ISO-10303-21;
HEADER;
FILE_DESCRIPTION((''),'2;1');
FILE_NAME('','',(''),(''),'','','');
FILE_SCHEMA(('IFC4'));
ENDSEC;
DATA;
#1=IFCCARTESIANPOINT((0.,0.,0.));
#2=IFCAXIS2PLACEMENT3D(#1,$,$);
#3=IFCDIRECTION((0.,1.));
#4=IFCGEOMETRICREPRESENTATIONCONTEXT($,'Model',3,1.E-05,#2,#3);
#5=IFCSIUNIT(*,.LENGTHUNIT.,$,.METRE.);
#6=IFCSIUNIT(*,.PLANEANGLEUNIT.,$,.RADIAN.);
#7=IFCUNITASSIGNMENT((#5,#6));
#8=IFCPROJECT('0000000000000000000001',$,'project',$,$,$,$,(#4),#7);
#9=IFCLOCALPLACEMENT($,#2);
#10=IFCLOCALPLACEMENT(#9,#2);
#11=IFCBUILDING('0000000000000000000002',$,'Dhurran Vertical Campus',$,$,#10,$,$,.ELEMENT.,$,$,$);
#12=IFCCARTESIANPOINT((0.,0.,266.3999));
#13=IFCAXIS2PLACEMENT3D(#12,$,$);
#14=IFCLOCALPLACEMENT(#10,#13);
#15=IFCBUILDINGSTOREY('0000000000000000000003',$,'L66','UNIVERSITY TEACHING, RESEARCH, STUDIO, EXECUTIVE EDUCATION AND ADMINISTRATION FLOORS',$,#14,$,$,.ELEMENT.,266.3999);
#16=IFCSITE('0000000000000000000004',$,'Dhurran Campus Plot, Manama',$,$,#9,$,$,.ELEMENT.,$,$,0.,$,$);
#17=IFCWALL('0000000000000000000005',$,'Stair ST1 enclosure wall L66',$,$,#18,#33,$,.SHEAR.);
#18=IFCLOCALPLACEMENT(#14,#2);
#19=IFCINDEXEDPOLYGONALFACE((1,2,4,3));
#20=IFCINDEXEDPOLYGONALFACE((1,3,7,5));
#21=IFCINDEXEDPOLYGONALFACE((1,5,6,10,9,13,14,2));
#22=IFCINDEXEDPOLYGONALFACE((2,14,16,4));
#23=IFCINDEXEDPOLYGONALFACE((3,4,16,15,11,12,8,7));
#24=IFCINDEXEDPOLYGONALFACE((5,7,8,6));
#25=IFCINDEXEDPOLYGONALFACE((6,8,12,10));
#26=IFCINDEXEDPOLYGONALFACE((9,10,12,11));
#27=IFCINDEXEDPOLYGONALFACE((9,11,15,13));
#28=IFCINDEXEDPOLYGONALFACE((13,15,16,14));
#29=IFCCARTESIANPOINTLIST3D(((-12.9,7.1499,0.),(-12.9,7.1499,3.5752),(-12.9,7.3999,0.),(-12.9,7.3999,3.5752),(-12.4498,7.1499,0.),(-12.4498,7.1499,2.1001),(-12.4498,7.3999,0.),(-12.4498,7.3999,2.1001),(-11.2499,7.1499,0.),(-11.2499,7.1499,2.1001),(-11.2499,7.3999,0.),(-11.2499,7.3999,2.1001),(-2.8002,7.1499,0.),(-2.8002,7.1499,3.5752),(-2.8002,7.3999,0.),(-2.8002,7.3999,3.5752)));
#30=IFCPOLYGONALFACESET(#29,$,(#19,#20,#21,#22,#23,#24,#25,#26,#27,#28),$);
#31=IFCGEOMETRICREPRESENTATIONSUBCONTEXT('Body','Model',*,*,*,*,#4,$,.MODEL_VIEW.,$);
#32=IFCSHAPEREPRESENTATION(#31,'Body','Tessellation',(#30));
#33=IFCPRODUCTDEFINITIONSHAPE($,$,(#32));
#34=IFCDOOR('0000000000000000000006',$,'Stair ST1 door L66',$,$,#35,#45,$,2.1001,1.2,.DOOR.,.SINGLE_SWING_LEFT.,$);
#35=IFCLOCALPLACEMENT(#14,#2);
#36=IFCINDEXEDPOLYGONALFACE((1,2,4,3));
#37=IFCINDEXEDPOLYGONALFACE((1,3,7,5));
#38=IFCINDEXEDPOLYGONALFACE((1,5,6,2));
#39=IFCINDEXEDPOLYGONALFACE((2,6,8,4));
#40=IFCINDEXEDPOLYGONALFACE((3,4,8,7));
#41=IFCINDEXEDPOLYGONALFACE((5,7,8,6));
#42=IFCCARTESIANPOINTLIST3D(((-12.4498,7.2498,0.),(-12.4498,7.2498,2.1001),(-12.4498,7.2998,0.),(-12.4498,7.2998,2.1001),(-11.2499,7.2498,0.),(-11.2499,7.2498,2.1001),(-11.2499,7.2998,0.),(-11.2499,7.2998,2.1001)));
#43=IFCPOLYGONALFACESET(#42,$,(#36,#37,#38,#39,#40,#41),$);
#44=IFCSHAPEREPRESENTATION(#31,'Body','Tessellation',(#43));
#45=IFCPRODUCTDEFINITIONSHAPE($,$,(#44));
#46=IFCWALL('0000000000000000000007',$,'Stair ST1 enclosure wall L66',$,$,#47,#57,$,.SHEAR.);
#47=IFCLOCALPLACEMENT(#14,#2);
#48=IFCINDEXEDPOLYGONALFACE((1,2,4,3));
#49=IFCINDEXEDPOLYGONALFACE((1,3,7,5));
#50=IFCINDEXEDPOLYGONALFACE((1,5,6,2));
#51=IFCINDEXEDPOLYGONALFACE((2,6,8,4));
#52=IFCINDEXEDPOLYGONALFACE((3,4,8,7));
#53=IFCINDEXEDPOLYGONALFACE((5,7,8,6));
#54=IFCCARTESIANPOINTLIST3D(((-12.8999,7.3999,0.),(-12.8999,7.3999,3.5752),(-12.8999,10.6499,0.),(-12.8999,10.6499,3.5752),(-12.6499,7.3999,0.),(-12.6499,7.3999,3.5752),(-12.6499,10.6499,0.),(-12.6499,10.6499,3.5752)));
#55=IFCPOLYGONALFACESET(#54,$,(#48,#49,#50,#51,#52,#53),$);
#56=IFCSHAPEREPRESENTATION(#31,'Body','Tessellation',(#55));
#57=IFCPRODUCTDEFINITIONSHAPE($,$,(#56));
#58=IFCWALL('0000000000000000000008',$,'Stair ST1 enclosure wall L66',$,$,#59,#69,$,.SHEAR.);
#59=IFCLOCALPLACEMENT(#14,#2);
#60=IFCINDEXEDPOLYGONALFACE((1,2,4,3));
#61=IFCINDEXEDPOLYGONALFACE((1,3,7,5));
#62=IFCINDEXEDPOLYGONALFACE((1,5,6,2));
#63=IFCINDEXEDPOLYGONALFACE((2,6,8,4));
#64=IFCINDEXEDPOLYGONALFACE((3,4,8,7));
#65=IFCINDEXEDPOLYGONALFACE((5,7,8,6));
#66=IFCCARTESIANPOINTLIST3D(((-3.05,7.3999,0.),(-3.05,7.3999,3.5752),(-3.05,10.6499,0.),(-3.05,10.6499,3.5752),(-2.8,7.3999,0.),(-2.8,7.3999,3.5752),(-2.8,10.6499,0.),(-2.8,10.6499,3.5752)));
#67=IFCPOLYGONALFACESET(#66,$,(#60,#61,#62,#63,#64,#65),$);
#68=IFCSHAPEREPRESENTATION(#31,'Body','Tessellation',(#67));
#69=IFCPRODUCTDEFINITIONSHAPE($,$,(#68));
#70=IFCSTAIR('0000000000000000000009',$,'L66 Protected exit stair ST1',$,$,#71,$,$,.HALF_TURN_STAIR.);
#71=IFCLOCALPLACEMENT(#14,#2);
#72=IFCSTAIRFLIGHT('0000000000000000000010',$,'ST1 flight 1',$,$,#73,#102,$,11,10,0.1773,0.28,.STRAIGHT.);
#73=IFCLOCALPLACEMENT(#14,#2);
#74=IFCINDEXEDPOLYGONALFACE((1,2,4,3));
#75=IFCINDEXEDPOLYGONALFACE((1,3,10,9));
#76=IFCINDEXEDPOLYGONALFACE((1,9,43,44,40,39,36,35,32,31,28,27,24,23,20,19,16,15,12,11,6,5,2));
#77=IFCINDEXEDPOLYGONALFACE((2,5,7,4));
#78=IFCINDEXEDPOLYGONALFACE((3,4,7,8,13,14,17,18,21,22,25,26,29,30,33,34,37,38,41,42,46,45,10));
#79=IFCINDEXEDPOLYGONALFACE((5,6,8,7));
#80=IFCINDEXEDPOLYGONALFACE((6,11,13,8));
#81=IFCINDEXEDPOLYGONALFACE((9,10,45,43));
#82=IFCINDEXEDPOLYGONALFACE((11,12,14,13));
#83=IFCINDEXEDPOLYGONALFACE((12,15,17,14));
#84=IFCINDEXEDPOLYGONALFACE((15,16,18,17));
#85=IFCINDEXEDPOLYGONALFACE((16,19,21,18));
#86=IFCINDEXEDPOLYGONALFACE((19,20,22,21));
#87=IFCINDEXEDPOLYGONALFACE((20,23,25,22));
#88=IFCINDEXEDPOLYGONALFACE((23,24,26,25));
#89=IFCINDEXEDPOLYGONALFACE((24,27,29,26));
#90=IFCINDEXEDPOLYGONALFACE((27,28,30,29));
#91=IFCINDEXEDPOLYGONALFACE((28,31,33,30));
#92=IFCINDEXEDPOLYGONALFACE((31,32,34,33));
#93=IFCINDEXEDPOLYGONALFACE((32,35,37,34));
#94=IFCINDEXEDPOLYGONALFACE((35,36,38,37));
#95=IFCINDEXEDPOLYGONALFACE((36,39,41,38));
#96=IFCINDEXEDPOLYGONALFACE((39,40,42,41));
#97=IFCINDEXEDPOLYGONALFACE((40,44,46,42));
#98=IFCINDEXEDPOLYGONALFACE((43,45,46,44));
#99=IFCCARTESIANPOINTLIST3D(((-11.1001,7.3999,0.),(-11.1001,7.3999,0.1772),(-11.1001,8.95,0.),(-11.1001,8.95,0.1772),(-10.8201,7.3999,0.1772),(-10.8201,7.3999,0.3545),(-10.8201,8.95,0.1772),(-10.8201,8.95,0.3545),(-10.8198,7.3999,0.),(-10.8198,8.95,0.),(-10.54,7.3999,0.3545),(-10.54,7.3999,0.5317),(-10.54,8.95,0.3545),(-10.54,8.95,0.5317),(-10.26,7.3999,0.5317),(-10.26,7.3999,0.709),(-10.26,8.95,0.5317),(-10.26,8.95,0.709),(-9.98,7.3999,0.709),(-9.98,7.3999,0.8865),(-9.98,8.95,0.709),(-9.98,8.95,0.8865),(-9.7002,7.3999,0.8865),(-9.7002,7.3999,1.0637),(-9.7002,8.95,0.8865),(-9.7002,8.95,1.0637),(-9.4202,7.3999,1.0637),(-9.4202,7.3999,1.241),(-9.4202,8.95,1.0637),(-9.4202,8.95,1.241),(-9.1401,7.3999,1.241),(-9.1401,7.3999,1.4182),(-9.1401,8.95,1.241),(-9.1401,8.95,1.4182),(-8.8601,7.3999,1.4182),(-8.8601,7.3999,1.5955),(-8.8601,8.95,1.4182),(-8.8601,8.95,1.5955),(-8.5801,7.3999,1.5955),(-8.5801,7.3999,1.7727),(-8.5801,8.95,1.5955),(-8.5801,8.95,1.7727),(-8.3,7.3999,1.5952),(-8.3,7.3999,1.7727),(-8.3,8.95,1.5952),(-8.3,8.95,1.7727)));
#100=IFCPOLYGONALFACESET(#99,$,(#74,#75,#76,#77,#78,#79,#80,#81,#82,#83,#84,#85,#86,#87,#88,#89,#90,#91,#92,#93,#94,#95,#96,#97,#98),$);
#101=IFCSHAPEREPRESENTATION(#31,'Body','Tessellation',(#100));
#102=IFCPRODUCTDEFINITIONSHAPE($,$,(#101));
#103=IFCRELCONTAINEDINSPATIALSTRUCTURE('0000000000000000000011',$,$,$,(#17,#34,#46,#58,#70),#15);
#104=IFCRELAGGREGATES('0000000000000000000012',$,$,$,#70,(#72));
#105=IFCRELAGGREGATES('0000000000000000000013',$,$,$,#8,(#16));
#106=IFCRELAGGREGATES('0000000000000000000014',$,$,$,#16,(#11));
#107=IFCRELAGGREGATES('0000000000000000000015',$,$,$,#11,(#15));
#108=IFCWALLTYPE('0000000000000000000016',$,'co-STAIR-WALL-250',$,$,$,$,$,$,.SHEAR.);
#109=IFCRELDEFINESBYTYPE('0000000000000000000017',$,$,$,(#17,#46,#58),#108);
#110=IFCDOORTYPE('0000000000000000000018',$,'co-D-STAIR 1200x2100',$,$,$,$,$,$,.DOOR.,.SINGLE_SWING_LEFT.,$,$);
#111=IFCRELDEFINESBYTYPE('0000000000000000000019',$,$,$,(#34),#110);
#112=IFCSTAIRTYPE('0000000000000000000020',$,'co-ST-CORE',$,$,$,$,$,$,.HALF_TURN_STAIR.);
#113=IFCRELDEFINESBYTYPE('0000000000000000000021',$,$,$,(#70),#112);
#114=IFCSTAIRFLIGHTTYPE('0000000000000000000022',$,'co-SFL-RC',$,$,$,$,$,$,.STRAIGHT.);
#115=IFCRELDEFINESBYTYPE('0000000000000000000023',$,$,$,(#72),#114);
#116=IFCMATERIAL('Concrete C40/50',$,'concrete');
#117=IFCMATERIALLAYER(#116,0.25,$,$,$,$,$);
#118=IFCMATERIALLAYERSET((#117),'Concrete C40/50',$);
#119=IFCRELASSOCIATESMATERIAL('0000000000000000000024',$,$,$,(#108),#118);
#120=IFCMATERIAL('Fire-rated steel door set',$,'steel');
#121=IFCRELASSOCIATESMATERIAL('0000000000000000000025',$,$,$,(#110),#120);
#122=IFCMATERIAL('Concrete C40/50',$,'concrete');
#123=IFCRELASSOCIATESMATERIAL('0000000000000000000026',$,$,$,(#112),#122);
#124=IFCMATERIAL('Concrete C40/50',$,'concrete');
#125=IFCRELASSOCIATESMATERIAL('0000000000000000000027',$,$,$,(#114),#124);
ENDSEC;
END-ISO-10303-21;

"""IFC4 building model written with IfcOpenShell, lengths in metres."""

from ifc_helpers import new_model, si_unit, direction, frame, frame_2d, origin, place, context, subcontext, project, spatial, polyline, rectangle, outline, extrude, material, layer, layer_set, type_object, element, fill, aggregate, save


model = new_model("IFC4")

# Units and contexts
model_context = context("Model", 3, precision=1e-05, world=origin(), true_north=direction((0.0, 1.0)))
body_context = subcontext(model_context, "Body", "Model", "MODEL_VIEW")
ifc_project = project(units=[si_unit("LENGTHUNIT", "METRE"), si_unit("PLANEANGLEUNIT", "RADIAN")], contexts=[model_context])

# Site, building, storey
site_placement = place(None, origin())
site = spatial("IfcSite", under=ifc_project, at=site_placement, Name="Dhurran Campus Plot, Manama", CompositionType="ELEMENT", RefElevation=0.0)
building_placement = place(site_placement, origin())
building = spatial("IfcBuilding", under=site, at=building_placement, Name="Dhurran Vertical Campus", CompositionType="ELEMENT")
storey_placement = place(building_placement, frame((0.0, 0.0, 266.3999)))
storey = spatial("IfcBuildingStorey", under=building, at=storey_placement, Name="L66", Description="UNIVERSITY TEACHING, RESEARCH, STUDIO, EXECUTIVE EDUCATION AND ADMINISTRATION FLOORS", CompositionType="ELEMENT", Elevation=266.3999)

# Wall, opening, door
ifc_material_1 = material(Name="Concrete C40/50", Category="concrete")
ifc_layer_1 = layer(ifc_material_1, 0.25)
ifc_layer_set_1 = layer_set([ifc_layer_1], Name="Concrete C40/50")
wall_type_1 = type_object("IfcWallType", Name="co-STAIR-WALL-250", PredefinedType="SHEAR", material=ifc_layer_set_1)
wall_1_placement = place(storey_placement, frame((-12.8999, 7.2749, 0.0), z_axis=(0.0, 0.0, 1.0), x_axis=(1.0, 0.0, 0.0)))
wall_1 = element("IfcWall", 1, at=wall_1_placement, inside=storey, type_object=wall_type_1, Name="Stair ST1 enclosure wall L66", PredefinedType="SHEAR", context=body_context, shape_type="SweptSolid", body=[
    extrude(rectangle(XDim=10.0999, YDim=0.25, at=frame_2d((5.0498, 0.0))), origin(), (0.0, 0.0, 1.0), 3.5752),
])
opening_1_placement = place(wall_1_placement, frame((0.45, 0.0, 0.0)))
opening_1 = element("IfcOpeningElement", 2, at=opening_1_placement, cuts=wall_1, PredefinedType="OPENING", context=body_context, shape_type="SweptSolid", body=[
    extrude(rectangle(XDim=1.2, YDim=2.1001, at=frame_2d((0.6001, 1.05))), frame((0.0, 0.135, 0.0), z_axis=(0.0, -1.0, 0.0), x_axis=(1.0, 0.0, 0.0)), (0.0, 0.0, 1.0), 0.27),
])
ifc_material_2 = material(Name="Fire-rated steel door set", Category="steel")
door_type_1 = type_object("IfcDoorType", Name="co-D-STAIR 1200x2100", OperationType="SINGLE_SWING_LEFT", PredefinedType="DOOR", material=ifc_material_2)
door_1_placement = place(opening_1_placement, origin())
door_1 = element("IfcDoor", 3, at=door_1_placement, inside=storey, type_object=door_type_1, Name="Stair ST1 door L66", OperationType="SINGLE_SWING_LEFT", OverallHeight=2.1001, OverallWidth=1.2, PredefinedType="DOOR", context=body_context, shape_type="SweptSolid", body=[
    extrude(rectangle(XDim=1.2, YDim=2.1001, at=frame_2d((0.6001, 1.05))), frame((0.0, 0.0249, 0.0), z_axis=(0.0, -1.0, 0.0), x_axis=(1.0, 0.0, 0.0)), (0.0, 0.0, 1.0), 0.05),
])
fill(opening_1, door_1)

# Walls
for number, where, z_axis, x_axis, name in (
    (4, (-12.7749, 7.3999, 0.0), (0.0, 0.0, 1.0), (0.0, 1.0, 0.0), "Stair ST1 enclosure wall L66"),
    (5, (-2.925, 7.3999, 0.0), (0.0, 0.0, 1.0), (0.0, 1.0, 0.0), "Stair ST1 enclosure wall L66"),
):
    element("IfcWall", number, at=place(storey_placement, frame(where, z_axis=z_axis, x_axis=x_axis)), inside=storey, type_object=wall_type_1, Name=name, PredefinedType="SHEAR", context=body_context, shape_type="SweptSolid", body=[
        extrude(rectangle(XDim=3.25, YDim=0.25, at=frame_2d((1.625, 0.0))), origin(), (0.0, 0.0, 1.0), 3.5752),
    ])

# Stair, stair flight
ifc_material_3 = material(Name="Concrete C40/50", Category="concrete")
stair_type = type_object("IfcStairType", Name="co-ST-CORE", PredefinedType="HALF_TURN_STAIR", material=ifc_material_3)
stair_placement = place(storey_placement, origin())
stair = element("IfcStair", 6, at=stair_placement, inside=storey, type_object=stair_type, Name="L66 Protected exit stair ST1", PredefinedType="HALF_TURN_STAIR")
ifc_material_4 = material(Name="Concrete C40/50", Category="concrete")
stair_flight_type = type_object("IfcStairFlightType", Name="co-SFL-RC", PredefinedType="STRAIGHT", material=ifc_material_4)
stair_flight_placement = place(storey_placement, frame((-11.1001, 8.175, 0.0), z_axis=(0.0, 0.0, 1.0), x_axis=(1.0, 0.0, 0.0)))
stair_flight = element("IfcStairFlight", 7, at=stair_flight_placement, type_object=stair_flight_type, Name="ST1 flight 1", NumberOfRisers=11, NumberOfTreads=10, PredefinedType="STRAIGHT", RiserHeight=0.1773, TreadLength=0.28, context=body_context, shape_type="SweptSolid", body=[
    extrude(outline(polyline([(0.0, 0.0), (0.0, 0.1772), (0.28, 0.1772), (0.28, 0.3545), (0.5601, 0.3545), (0.5601, 0.5317), (0.8401, 0.5317), (0.8401, 0.709), (1.1201, 0.709), (1.1201, 0.8865), (1.3999, 0.8865), (1.3999, 1.0637), (1.6799, 1.0637), (1.6799, 1.241), (1.96, 1.241), (1.96, 1.4182), (2.24, 1.4182), (2.24, 1.5955), (2.52, 1.5955), (2.52, 1.7727), (2.8, 1.7727), (2.8, 1.95), (2.8, 1.5952), (0.2803, 0.0), (0.0, 0.0)])), frame((0.0, 0.7749, 0.0), z_axis=(0.0, -1.0, 0.0), x_axis=(1.0, 0.0, 0.0)), (0.0, 0.0, 1.0), 1.55),
])
aggregate(stair, [stair_flight])

save(model, "model.ifc")
